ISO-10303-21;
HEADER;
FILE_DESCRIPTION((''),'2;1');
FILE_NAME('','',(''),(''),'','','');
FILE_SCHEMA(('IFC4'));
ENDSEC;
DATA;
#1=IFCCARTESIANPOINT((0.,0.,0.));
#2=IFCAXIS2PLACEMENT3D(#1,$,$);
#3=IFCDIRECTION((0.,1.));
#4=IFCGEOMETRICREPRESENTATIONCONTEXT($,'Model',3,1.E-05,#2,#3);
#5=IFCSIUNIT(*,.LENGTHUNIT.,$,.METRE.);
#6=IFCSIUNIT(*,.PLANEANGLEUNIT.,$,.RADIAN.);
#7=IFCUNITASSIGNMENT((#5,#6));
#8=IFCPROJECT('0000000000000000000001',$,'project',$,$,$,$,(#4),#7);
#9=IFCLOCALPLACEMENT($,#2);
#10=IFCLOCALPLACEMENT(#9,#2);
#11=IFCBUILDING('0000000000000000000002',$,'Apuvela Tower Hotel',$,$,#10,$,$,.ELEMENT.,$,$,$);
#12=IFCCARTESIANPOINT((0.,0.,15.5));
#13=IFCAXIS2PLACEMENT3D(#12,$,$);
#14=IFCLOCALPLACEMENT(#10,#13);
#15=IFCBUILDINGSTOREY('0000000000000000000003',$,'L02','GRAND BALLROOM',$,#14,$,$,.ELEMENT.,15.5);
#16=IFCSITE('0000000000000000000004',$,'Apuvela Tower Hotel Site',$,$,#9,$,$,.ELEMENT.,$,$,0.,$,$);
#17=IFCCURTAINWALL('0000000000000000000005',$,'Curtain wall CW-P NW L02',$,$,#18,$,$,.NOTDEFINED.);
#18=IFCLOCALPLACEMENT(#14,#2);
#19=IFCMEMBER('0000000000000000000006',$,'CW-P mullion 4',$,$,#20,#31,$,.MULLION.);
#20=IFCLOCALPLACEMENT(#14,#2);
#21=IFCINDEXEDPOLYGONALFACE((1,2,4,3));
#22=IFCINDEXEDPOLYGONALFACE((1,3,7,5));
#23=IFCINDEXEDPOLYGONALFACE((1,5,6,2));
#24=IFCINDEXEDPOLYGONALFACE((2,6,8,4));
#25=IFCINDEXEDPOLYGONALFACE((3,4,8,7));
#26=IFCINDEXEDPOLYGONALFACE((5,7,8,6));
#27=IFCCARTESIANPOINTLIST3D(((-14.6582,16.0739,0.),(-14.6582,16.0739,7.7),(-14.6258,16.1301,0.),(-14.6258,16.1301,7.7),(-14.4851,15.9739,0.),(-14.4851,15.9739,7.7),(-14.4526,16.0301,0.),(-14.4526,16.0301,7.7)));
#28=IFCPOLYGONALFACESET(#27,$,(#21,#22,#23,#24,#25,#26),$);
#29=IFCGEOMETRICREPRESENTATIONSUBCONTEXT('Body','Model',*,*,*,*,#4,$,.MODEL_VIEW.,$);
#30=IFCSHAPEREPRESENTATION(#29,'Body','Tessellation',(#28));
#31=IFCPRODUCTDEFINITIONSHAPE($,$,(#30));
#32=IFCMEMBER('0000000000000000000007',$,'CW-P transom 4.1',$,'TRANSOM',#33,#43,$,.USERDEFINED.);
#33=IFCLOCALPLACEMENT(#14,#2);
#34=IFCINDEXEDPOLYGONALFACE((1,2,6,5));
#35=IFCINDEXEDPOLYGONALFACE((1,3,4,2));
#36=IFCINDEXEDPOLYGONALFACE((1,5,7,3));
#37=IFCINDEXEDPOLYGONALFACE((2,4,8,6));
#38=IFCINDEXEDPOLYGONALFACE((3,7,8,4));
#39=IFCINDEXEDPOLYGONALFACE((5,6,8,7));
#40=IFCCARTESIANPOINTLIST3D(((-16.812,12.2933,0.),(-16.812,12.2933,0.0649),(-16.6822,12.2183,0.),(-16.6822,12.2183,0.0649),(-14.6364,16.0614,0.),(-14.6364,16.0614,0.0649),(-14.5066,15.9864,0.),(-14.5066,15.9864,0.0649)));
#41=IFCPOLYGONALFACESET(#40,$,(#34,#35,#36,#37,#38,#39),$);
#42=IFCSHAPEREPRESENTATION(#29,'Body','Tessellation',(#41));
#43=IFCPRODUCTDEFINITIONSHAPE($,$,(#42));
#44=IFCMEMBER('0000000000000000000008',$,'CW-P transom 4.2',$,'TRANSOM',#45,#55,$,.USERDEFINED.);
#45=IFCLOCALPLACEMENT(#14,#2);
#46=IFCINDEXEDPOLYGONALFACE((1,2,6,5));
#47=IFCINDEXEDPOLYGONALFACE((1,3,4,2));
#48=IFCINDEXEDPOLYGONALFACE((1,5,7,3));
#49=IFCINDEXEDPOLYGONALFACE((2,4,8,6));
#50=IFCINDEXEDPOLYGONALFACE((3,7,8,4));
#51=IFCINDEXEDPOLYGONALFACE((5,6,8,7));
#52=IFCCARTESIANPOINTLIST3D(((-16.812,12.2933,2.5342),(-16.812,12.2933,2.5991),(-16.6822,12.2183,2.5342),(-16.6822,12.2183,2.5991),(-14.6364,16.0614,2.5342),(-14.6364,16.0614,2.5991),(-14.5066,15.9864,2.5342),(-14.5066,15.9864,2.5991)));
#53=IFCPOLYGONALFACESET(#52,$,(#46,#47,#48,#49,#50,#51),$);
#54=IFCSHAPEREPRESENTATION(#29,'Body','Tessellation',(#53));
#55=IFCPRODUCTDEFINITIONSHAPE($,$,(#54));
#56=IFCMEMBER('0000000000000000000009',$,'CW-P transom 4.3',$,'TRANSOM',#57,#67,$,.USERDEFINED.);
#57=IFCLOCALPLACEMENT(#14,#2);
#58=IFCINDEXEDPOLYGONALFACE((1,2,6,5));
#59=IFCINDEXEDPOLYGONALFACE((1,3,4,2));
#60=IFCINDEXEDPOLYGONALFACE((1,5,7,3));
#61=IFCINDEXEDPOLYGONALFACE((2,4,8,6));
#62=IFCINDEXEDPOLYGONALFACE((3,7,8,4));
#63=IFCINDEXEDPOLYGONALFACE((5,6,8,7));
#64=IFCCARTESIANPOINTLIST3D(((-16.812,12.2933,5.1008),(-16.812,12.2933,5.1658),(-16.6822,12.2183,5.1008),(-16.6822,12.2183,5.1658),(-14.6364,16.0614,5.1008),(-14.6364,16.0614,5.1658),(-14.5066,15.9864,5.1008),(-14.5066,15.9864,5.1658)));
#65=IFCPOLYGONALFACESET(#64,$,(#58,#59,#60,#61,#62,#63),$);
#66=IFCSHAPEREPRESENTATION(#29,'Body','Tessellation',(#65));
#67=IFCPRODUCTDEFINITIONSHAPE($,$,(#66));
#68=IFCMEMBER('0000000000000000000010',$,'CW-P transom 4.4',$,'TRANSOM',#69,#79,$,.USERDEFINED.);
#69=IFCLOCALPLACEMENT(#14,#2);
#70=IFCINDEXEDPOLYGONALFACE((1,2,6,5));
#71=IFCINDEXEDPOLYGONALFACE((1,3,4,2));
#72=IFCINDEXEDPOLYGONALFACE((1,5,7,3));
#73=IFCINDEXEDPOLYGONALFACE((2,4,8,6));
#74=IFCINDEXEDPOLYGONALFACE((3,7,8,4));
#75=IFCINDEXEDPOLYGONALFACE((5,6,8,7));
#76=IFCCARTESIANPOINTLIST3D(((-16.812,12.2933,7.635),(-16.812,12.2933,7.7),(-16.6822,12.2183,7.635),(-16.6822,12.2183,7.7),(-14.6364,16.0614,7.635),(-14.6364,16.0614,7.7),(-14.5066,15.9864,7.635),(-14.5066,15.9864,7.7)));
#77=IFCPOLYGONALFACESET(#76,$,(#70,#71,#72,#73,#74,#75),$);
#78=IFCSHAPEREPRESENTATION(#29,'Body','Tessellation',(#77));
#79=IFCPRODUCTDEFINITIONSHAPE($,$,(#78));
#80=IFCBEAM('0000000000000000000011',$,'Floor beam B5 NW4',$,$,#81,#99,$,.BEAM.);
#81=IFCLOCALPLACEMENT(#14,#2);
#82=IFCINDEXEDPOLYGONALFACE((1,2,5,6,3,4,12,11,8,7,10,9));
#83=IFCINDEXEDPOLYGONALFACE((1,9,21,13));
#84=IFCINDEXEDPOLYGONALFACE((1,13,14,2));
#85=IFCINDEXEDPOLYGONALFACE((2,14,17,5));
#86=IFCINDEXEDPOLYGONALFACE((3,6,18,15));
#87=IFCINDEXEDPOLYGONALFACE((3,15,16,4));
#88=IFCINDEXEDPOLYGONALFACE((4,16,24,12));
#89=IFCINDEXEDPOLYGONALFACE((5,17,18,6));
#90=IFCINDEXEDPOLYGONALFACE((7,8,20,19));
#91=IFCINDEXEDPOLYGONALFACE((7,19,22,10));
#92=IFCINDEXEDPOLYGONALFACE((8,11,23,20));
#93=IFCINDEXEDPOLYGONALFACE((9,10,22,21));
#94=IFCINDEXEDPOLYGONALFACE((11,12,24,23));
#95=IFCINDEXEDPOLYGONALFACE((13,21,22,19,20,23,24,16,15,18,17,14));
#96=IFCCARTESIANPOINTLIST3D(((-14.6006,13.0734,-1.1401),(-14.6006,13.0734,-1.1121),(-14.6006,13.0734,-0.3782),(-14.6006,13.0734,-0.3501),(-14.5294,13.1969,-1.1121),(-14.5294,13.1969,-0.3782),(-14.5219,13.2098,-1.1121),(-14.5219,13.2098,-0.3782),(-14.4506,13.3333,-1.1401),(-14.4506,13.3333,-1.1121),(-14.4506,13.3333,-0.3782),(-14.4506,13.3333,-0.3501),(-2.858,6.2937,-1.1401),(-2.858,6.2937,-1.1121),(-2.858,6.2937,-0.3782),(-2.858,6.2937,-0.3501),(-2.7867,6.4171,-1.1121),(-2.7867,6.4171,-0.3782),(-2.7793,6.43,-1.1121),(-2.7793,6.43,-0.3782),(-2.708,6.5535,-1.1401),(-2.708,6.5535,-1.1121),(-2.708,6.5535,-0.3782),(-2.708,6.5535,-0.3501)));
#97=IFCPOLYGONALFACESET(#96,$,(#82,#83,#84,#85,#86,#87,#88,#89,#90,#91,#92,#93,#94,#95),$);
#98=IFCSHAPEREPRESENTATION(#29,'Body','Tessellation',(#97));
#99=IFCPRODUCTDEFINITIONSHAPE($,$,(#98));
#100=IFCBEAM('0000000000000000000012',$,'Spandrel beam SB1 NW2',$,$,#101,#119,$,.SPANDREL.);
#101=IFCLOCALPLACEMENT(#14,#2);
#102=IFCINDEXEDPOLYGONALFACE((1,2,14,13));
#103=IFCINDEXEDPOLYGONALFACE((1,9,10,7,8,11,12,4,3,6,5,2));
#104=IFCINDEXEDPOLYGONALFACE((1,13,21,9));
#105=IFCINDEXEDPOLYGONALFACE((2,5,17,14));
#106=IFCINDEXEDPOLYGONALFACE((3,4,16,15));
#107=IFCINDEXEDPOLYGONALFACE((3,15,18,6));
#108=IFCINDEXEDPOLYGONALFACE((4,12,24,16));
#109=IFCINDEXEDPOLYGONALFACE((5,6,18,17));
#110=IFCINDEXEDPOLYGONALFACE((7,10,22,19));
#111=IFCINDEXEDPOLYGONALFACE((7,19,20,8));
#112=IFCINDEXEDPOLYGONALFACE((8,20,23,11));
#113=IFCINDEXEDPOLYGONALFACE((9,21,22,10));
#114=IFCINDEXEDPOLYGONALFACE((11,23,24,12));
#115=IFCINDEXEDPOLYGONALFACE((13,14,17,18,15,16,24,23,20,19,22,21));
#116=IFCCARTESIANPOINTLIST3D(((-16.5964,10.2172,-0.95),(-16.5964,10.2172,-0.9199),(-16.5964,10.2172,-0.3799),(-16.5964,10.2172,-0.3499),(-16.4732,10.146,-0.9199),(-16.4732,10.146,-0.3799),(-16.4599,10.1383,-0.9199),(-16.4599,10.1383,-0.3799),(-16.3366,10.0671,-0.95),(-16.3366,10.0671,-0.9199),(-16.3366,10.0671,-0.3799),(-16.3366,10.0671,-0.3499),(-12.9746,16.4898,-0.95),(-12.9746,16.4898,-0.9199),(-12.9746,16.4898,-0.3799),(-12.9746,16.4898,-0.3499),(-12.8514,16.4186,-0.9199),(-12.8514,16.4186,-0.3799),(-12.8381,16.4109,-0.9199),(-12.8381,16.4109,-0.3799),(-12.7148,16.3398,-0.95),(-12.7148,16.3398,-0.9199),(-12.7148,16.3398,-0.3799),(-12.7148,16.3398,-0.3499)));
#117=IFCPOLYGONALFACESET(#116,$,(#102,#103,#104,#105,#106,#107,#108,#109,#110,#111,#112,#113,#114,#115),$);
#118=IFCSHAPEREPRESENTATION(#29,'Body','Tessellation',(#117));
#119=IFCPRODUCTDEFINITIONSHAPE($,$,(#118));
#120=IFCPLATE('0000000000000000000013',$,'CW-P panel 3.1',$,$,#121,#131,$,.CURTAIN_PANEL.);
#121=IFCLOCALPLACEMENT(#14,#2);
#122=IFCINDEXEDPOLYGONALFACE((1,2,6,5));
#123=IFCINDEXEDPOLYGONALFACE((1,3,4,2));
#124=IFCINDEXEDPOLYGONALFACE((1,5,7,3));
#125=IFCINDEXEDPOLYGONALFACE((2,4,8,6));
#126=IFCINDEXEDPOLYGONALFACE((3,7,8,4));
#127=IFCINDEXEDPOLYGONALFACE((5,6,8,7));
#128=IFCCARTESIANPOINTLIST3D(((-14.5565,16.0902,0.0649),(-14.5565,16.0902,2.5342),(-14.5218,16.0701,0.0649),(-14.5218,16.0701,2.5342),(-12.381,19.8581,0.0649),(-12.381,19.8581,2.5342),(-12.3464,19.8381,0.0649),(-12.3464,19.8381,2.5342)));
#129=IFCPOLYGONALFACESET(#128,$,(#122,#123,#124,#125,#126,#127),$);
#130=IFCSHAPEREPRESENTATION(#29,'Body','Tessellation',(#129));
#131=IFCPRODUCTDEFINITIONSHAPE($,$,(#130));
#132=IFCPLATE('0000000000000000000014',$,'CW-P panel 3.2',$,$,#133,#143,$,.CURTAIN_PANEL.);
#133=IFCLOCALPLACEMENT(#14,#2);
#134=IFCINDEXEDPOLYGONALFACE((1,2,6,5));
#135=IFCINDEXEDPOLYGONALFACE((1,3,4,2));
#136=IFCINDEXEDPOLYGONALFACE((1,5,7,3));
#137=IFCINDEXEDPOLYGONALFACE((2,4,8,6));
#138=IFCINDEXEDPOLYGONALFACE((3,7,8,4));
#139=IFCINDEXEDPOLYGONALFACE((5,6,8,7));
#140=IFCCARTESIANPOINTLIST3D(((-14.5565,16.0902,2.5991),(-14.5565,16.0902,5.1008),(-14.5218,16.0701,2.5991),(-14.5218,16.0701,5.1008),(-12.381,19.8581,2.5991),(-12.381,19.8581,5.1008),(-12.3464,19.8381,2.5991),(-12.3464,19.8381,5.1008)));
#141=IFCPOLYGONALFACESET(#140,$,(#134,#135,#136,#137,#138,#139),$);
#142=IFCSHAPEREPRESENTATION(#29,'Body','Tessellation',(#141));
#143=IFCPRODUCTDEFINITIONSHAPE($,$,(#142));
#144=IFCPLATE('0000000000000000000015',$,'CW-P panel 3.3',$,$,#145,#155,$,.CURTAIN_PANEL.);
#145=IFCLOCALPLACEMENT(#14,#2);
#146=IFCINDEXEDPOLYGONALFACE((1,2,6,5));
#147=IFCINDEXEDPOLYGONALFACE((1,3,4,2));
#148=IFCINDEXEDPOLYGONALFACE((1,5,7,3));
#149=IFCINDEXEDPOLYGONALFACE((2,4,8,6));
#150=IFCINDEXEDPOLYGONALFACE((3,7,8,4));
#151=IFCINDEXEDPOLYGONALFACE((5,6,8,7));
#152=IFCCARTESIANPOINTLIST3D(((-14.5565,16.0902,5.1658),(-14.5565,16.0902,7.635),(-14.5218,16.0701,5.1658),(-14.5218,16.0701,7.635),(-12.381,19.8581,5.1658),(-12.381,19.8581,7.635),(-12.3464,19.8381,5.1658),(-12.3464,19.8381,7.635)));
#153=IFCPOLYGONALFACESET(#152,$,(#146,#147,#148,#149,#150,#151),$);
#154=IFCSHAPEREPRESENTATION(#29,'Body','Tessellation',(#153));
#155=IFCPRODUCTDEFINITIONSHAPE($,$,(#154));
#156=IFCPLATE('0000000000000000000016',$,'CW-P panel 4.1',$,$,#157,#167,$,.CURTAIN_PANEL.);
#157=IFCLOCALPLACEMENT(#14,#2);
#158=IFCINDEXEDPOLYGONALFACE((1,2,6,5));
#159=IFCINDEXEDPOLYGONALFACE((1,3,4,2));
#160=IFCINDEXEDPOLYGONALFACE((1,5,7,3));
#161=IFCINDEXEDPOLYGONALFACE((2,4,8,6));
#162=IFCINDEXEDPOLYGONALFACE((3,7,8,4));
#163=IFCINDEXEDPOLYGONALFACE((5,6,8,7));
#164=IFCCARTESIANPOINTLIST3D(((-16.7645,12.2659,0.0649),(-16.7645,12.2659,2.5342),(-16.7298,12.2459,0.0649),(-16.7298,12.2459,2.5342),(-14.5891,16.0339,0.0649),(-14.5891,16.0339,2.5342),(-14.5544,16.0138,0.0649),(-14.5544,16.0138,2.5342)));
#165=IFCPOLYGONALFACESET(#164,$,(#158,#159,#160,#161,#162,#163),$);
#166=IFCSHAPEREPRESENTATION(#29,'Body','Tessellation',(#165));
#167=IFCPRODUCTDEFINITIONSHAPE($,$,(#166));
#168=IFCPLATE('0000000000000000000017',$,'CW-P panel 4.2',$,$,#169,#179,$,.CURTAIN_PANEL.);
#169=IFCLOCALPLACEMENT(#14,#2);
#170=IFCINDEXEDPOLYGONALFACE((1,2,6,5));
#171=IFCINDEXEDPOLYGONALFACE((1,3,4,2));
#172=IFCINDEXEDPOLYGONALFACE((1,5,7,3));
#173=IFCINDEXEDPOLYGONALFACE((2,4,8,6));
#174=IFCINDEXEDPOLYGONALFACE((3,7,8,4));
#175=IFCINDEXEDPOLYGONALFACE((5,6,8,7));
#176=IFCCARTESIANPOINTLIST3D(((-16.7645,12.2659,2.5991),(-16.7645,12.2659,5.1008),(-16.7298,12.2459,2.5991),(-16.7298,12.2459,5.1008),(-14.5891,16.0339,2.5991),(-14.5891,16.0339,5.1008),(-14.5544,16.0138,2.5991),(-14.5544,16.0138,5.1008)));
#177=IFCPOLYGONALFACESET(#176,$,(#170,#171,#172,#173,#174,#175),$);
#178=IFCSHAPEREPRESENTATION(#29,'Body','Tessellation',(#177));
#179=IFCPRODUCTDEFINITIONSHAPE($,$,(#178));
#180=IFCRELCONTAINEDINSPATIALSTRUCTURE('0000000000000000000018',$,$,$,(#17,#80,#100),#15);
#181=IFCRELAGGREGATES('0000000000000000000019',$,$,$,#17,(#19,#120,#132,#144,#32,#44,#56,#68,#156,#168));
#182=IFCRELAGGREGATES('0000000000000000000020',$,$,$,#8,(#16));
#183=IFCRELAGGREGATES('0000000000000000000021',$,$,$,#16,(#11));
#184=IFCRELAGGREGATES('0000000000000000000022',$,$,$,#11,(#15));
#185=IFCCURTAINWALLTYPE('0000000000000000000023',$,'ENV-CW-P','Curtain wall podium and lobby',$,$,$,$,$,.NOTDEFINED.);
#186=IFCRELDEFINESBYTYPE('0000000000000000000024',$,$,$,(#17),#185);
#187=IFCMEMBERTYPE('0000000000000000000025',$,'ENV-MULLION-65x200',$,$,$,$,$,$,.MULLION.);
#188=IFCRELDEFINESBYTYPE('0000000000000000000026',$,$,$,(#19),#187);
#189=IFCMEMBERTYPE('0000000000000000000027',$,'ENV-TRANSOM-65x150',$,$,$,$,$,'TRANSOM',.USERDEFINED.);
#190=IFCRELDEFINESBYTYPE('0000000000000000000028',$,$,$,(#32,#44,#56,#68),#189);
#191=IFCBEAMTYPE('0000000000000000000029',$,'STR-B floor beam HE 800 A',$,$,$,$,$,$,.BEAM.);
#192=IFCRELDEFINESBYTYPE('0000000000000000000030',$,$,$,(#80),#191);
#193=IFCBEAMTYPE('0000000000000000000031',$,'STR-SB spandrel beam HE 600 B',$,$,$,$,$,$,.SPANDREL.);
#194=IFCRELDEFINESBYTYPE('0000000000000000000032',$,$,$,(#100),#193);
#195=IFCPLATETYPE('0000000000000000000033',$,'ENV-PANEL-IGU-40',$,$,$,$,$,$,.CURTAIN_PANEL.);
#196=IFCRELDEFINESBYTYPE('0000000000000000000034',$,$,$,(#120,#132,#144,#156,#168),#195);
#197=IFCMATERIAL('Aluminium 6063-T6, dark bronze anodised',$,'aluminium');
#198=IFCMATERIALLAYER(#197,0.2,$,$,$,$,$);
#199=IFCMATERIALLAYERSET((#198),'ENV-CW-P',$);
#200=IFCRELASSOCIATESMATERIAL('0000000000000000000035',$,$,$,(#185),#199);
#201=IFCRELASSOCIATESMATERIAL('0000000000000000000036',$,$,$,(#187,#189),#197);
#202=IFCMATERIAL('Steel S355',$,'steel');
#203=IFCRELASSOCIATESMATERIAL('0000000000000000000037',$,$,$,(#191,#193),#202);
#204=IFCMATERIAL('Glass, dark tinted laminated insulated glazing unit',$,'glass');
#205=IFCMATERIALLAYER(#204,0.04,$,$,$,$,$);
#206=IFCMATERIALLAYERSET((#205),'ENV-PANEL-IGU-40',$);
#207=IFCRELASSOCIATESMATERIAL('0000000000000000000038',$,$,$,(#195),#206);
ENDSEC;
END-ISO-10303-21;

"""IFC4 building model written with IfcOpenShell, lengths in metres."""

from ifc_helpers import new_model, si_unit, direction, frame, origin, origin_2d, place, context, subcontext, project, spatial, rectangle, i_section, extrude, material, layer, layer_set, material_profile, profile_set, type_object, element, aggregate, save


model = new_model("IFC4")

# Units and contexts
model_context = context("Model", 3, precision=1e-05, world=origin(), true_north=direction((0.0, 1.0)))
body_context = subcontext(model_context, "Body", "Model", "MODEL_VIEW")
ifc_project = project(units=[si_unit("LENGTHUNIT", "METRE"), si_unit("PLANEANGLEUNIT", "RADIAN")], contexts=[model_context])

# Site, building, storey
site_placement = place(None, origin())
site = spatial("IfcSite", under=ifc_project, at=site_placement, Name="Apuvela Tower Hotel Site", CompositionType="ELEMENT", RefElevation=0.0)
building_placement = place(site_placement, origin())
building = spatial("IfcBuilding", under=site, at=building_placement, Name="Apuvela Tower Hotel", CompositionType="ELEMENT")
storey_placement = place(building_placement, frame((0.0, 0.0, 15.5)))
storey = spatial("IfcBuildingStorey", under=building, at=storey_placement, Name="L02", Description="GRAND BALLROOM", CompositionType="ELEMENT", Elevation=15.5)

# Curtain wall, members
ifc_material_1 = material(Name="Aluminium 6063-T6, dark bronze anodised", Category="aluminium")
ifc_layer_1 = layer(ifc_material_1, 0.2)
ifc_layer_set_1 = layer_set([ifc_layer_1], Name="ENV-CW-P")
curtain_wall_type = type_object("IfcCurtainWallType", Name="ENV-CW-P", Description="Curtain wall podium and lobby", PredefinedType="NOTDEFINED", material=ifc_layer_set_1)
curtain_wall_placement = place(storey_placement, origin())
curtain_wall = element("IfcCurtainWall", 1, at=curtain_wall_placement, inside=storey, type_object=curtain_wall_type, Name="Curtain wall CW-P NW L02", PredefinedType="NOTDEFINED")
ifc_material_profile_1 = material_profile(ifc_material_1, rectangle(XDim=0.2, YDim=0.0649, at=origin_2d()), Name="AL 65x200")
ifc_profile_set_1 = profile_set([ifc_material_profile_1], Name="Aluminium 6063-T6, dark bronze anodised")
member_type_1 = type_object("IfcMemberType", Name="ENV-MULLION-65x200", PredefinedType="MULLION", material=ifc_profile_set_1)
member_1_placement = place(storey_placement, frame((-14.5554, 16.052, 0.0), z_axis=(0.0, 0.0, 1.0), x_axis=(0.866025, -0.500001, 0.0)))
member_1 = element("IfcMember", 2, at=member_1_placement, type_object=member_type_1, Name="CW-P mullion 4", PredefinedType="MULLION", context=body_context, shape_type="SweptSolid", body=[
    extrude(rectangle(XDim=0.2, YDim=0.0649, at=origin_2d()), origin(), (0.0, 0.0, 1.0), 7.7),
])
ifc_material_profile_2 = material_profile(ifc_material_1, rectangle(XDim=0.1499, YDim=0.0649, at=origin_2d()), Name="AL 65x150 transom")
ifc_profile_set_2 = profile_set([ifc_material_profile_2], Name="Aluminium 6063-T6, dark bronze anodised")
member_type_2 = type_object("IfcMemberType", Name="ENV-TRANSOM-65x150", ElementType="TRANSOM", PredefinedType="USERDEFINED", material=ifc_profile_set_2)
member_2_placement = place(storey_placement, frame((-14.5715, 16.0239, 0.0325), z_axis=(-0.500007, -0.866021, 0.0), x_axis=(0.866021, -0.500007, 0.0)))
member_2 = element("IfcMember", 3, at=member_2_placement, type_object=member_type_2, Name="CW-P transom 4.1", ObjectType="TRANSOM", PredefinedType="USERDEFINED", context=body_context, shape_type="SweptSolid", body=[
    extrude(rectangle(XDim=0.1499, YDim=0.0649, at=origin_2d()), origin(), (0.0, 0.0, 1.0), 4.3511),
])
member_3_placement = place(storey_placement, frame((-14.5715, 16.0239, 2.5667), z_axis=(-0.500007, -0.866021, 0.0), x_axis=(0.866021, -0.500007, 0.0)))
member_3 = element("IfcMember", 4, at=member_3_placement, type_object=member_type_2, Name="CW-P transom 4.2", ObjectType="TRANSOM", PredefinedType="USERDEFINED", context=body_context, shape_type="SweptSolid", body=[
    extrude(rectangle(XDim=0.1499, YDim=0.0649, at=origin_2d()), origin(), (0.0, 0.0, 1.0), 4.3511),
])
member_4_placement = place(storey_placement, frame((-14.5715, 16.0239, 5.1333), z_axis=(-0.500007, -0.866021, 0.0), x_axis=(0.866021, -0.500007, 0.0)))
member_4 = element("IfcMember", 5, at=member_4_placement, type_object=member_type_2, Name="CW-P transom 4.3", ObjectType="TRANSOM", PredefinedType="USERDEFINED", context=body_context, shape_type="SweptSolid", body=[
    extrude(rectangle(XDim=0.1499, YDim=0.0649, at=origin_2d()), origin(), (0.0, 0.0, 1.0), 4.3511),
])
member_5_placement = place(storey_placement, frame((-14.5715, 16.0239, 7.6675), z_axis=(-0.500007, -0.866021, 0.0), x_axis=(0.866021, -0.500007, 0.0)))
member_5 = element("IfcMember", 6, at=member_5_placement, type_object=member_type_2, Name="CW-P transom 4.4", ObjectType="TRANSOM", PredefinedType="USERDEFINED", context=body_context, shape_type="SweptSolid", body=[
    extrude(rectangle(XDim=0.1499, YDim=0.0649, at=origin_2d()), origin(), (0.0, 0.0, 1.0), 4.3511),
])

# Beams
ifc_material_2 = material(Name="Steel S355", Category="steel")
ifc_material_profile_3 = material_profile(ifc_material_2, i_section(OverallWidth=0.3, OverallDepth=0.79, WebThickness=0.0149, FlangeThickness=0.0281, at=origin_2d()), Name="HE 800 A")
ifc_profile_set_3 = profile_set([ifc_material_profile_3], Name="Steel S355")
beam_type_1 = type_object("IfcBeamType", Name="STR-B floor beam HE 800 A", PredefinedType="BEAM", material=ifc_profile_set_3)
beam_1_placement = place(storey_placement, frame((-14.5256, 13.2034, -0.7451), z_axis=(0.866021, -0.500008, 0.0), x_axis=(0.500008, 0.866021, 0.0)))
element("IfcBeam", 7, at=beam_1_placement, inside=storey, type_object=beam_type_1, Name="Floor beam B5 NW4", PredefinedType="BEAM", context=body_context, shape_type="SweptSolid", body=[
    extrude(i_section(OverallWidth=0.3, OverallDepth=0.79, WebThickness=0.0149, FlangeThickness=0.0281, at=origin_2d()), origin(), (0.0, 0.0, 1.0), 13.5593),
])
ifc_material_profile_4 = material_profile(ifc_material_2, i_section(OverallWidth=0.3, OverallDepth=0.6001, WebThickness=0.0154, FlangeThickness=0.03, at=origin_2d()), Name="HE 600 B")
ifc_profile_set_4 = profile_set([ifc_material_profile_4], Name="Steel S355")
beam_type_2 = type_object("IfcBeamType", Name="STR-SB spandrel beam HE 600 B", PredefinedType="SPANDREL", material=ifc_profile_set_4)
beam_2_placement = place(storey_placement, frame((-12.8447, 16.4148, -0.6499), z_axis=(-0.500029, -0.866009, 0.0), x_axis=(0.866009, -0.500029, 0.0)))
element("IfcBeam", 8, at=beam_2_placement, inside=storey, type_object=beam_type_2, Name="Spandrel beam SB1 NW2", PredefinedType="SPANDREL", context=body_context, shape_type="SweptSolid", body=[
    extrude(i_section(OverallWidth=0.3, OverallDepth=0.6001, WebThickness=0.0154, FlangeThickness=0.03, at=origin_2d()), origin(), (0.0, 0.0, 1.0), 7.2432),
])

# Plates
ifc_material_3 = material(Name="Glass, dark tinted laminated insulated glazing unit", Category="glass")
ifc_layer_2 = layer(ifc_material_3, 0.04)
ifc_layer_set_2 = layer_set([ifc_layer_2], Name="ENV-PANEL-IGU-40")
plate_type = type_object("IfcPlateType", Name="ENV-PANEL-IGU-40", PredefinedType="CURTAIN_PANEL", material=ifc_layer_set_2)
plate_1_placement = place(storey_placement, frame((-13.4514, 17.9641, 0.0649), z_axis=(0.0, 0.0, 1.0), x_axis=(-0.500001, -0.866025, 0.0)))
plate_1 = element("IfcPlate", 9, at=plate_1_placement, type_object=plate_type, Name="CW-P panel 3.1", PredefinedType="CURTAIN_PANEL", context=body_context, shape_type="SweptSolid", body=[
    extrude(rectangle(XDim=4.3508, YDim=0.04, at=origin_2d()), origin(), (0.0, 0.0, 1.0), 2.4692),
])
plate_2_placement = place(storey_placement, frame((-13.4514, 17.9641, 2.5991), z_axis=(0.0, 0.0, 1.0), x_axis=(-0.500001, -0.866025, 0.0)))
plate_2 = element("IfcPlate", 10, at=plate_2_placement, type_object=plate_type, Name="CW-P panel 3.2", PredefinedType="CURTAIN_PANEL", context=body_context, shape_type="SweptSolid", body=[
    extrude(rectangle(XDim=4.3508, YDim=0.04, at=origin_2d()), origin(), (0.0, 0.0, 1.0), 2.5017),
])
plate_3_placement = place(storey_placement, frame((-13.4514, 17.9641, 5.1658), z_axis=(0.0, 0.0, 1.0), x_axis=(-0.500001, -0.866025, 0.0)))
plate_3 = element("IfcPlate", 11, at=plate_3_placement, type_object=plate_type, Name="CW-P panel 3.3", PredefinedType="CURTAIN_PANEL", context=body_context, shape_type="SweptSolid", body=[
    extrude(rectangle(XDim=4.3508, YDim=0.04, at=origin_2d()), origin(), (0.0, 0.0, 1.0), 2.4692),
])
plate_4_placement = place(storey_placement, frame((-15.6594, 14.1399, 0.0649), z_axis=(0.0, 0.0, 1.0), x_axis=(-0.500001, -0.866025, 0.0)))
plate_4 = element("IfcPlate", 12, at=plate_4_placement, type_object=plate_type, Name="CW-P panel 4.1", PredefinedType="CURTAIN_PANEL", context=body_context, shape_type="SweptSolid", body=[
    extrude(rectangle(XDim=4.3508, YDim=0.04, at=origin_2d()), origin(), (0.0, 0.0, 1.0), 2.4692),
])
plate_5_placement = place(storey_placement, frame((-15.6594, 14.1399, 2.5991), z_axis=(0.0, 0.0, 1.0), x_axis=(-0.500001, -0.866025, 0.0)))
plate_5 = element("IfcPlate", 13, at=plate_5_placement, type_object=plate_type, Name="CW-P panel 4.2", PredefinedType="CURTAIN_PANEL", context=body_context, shape_type="SweptSolid", body=[
    extrude(rectangle(XDim=4.3508, YDim=0.04, at=origin_2d()), origin(), (0.0, 0.0, 1.0), 2.5017),
])
aggregate(curtain_wall, [member_1, plate_1, plate_2, plate_3, member_2, member_3, member_4, member_5, plate_4, plate_5])

save(model, "model.ifc")
